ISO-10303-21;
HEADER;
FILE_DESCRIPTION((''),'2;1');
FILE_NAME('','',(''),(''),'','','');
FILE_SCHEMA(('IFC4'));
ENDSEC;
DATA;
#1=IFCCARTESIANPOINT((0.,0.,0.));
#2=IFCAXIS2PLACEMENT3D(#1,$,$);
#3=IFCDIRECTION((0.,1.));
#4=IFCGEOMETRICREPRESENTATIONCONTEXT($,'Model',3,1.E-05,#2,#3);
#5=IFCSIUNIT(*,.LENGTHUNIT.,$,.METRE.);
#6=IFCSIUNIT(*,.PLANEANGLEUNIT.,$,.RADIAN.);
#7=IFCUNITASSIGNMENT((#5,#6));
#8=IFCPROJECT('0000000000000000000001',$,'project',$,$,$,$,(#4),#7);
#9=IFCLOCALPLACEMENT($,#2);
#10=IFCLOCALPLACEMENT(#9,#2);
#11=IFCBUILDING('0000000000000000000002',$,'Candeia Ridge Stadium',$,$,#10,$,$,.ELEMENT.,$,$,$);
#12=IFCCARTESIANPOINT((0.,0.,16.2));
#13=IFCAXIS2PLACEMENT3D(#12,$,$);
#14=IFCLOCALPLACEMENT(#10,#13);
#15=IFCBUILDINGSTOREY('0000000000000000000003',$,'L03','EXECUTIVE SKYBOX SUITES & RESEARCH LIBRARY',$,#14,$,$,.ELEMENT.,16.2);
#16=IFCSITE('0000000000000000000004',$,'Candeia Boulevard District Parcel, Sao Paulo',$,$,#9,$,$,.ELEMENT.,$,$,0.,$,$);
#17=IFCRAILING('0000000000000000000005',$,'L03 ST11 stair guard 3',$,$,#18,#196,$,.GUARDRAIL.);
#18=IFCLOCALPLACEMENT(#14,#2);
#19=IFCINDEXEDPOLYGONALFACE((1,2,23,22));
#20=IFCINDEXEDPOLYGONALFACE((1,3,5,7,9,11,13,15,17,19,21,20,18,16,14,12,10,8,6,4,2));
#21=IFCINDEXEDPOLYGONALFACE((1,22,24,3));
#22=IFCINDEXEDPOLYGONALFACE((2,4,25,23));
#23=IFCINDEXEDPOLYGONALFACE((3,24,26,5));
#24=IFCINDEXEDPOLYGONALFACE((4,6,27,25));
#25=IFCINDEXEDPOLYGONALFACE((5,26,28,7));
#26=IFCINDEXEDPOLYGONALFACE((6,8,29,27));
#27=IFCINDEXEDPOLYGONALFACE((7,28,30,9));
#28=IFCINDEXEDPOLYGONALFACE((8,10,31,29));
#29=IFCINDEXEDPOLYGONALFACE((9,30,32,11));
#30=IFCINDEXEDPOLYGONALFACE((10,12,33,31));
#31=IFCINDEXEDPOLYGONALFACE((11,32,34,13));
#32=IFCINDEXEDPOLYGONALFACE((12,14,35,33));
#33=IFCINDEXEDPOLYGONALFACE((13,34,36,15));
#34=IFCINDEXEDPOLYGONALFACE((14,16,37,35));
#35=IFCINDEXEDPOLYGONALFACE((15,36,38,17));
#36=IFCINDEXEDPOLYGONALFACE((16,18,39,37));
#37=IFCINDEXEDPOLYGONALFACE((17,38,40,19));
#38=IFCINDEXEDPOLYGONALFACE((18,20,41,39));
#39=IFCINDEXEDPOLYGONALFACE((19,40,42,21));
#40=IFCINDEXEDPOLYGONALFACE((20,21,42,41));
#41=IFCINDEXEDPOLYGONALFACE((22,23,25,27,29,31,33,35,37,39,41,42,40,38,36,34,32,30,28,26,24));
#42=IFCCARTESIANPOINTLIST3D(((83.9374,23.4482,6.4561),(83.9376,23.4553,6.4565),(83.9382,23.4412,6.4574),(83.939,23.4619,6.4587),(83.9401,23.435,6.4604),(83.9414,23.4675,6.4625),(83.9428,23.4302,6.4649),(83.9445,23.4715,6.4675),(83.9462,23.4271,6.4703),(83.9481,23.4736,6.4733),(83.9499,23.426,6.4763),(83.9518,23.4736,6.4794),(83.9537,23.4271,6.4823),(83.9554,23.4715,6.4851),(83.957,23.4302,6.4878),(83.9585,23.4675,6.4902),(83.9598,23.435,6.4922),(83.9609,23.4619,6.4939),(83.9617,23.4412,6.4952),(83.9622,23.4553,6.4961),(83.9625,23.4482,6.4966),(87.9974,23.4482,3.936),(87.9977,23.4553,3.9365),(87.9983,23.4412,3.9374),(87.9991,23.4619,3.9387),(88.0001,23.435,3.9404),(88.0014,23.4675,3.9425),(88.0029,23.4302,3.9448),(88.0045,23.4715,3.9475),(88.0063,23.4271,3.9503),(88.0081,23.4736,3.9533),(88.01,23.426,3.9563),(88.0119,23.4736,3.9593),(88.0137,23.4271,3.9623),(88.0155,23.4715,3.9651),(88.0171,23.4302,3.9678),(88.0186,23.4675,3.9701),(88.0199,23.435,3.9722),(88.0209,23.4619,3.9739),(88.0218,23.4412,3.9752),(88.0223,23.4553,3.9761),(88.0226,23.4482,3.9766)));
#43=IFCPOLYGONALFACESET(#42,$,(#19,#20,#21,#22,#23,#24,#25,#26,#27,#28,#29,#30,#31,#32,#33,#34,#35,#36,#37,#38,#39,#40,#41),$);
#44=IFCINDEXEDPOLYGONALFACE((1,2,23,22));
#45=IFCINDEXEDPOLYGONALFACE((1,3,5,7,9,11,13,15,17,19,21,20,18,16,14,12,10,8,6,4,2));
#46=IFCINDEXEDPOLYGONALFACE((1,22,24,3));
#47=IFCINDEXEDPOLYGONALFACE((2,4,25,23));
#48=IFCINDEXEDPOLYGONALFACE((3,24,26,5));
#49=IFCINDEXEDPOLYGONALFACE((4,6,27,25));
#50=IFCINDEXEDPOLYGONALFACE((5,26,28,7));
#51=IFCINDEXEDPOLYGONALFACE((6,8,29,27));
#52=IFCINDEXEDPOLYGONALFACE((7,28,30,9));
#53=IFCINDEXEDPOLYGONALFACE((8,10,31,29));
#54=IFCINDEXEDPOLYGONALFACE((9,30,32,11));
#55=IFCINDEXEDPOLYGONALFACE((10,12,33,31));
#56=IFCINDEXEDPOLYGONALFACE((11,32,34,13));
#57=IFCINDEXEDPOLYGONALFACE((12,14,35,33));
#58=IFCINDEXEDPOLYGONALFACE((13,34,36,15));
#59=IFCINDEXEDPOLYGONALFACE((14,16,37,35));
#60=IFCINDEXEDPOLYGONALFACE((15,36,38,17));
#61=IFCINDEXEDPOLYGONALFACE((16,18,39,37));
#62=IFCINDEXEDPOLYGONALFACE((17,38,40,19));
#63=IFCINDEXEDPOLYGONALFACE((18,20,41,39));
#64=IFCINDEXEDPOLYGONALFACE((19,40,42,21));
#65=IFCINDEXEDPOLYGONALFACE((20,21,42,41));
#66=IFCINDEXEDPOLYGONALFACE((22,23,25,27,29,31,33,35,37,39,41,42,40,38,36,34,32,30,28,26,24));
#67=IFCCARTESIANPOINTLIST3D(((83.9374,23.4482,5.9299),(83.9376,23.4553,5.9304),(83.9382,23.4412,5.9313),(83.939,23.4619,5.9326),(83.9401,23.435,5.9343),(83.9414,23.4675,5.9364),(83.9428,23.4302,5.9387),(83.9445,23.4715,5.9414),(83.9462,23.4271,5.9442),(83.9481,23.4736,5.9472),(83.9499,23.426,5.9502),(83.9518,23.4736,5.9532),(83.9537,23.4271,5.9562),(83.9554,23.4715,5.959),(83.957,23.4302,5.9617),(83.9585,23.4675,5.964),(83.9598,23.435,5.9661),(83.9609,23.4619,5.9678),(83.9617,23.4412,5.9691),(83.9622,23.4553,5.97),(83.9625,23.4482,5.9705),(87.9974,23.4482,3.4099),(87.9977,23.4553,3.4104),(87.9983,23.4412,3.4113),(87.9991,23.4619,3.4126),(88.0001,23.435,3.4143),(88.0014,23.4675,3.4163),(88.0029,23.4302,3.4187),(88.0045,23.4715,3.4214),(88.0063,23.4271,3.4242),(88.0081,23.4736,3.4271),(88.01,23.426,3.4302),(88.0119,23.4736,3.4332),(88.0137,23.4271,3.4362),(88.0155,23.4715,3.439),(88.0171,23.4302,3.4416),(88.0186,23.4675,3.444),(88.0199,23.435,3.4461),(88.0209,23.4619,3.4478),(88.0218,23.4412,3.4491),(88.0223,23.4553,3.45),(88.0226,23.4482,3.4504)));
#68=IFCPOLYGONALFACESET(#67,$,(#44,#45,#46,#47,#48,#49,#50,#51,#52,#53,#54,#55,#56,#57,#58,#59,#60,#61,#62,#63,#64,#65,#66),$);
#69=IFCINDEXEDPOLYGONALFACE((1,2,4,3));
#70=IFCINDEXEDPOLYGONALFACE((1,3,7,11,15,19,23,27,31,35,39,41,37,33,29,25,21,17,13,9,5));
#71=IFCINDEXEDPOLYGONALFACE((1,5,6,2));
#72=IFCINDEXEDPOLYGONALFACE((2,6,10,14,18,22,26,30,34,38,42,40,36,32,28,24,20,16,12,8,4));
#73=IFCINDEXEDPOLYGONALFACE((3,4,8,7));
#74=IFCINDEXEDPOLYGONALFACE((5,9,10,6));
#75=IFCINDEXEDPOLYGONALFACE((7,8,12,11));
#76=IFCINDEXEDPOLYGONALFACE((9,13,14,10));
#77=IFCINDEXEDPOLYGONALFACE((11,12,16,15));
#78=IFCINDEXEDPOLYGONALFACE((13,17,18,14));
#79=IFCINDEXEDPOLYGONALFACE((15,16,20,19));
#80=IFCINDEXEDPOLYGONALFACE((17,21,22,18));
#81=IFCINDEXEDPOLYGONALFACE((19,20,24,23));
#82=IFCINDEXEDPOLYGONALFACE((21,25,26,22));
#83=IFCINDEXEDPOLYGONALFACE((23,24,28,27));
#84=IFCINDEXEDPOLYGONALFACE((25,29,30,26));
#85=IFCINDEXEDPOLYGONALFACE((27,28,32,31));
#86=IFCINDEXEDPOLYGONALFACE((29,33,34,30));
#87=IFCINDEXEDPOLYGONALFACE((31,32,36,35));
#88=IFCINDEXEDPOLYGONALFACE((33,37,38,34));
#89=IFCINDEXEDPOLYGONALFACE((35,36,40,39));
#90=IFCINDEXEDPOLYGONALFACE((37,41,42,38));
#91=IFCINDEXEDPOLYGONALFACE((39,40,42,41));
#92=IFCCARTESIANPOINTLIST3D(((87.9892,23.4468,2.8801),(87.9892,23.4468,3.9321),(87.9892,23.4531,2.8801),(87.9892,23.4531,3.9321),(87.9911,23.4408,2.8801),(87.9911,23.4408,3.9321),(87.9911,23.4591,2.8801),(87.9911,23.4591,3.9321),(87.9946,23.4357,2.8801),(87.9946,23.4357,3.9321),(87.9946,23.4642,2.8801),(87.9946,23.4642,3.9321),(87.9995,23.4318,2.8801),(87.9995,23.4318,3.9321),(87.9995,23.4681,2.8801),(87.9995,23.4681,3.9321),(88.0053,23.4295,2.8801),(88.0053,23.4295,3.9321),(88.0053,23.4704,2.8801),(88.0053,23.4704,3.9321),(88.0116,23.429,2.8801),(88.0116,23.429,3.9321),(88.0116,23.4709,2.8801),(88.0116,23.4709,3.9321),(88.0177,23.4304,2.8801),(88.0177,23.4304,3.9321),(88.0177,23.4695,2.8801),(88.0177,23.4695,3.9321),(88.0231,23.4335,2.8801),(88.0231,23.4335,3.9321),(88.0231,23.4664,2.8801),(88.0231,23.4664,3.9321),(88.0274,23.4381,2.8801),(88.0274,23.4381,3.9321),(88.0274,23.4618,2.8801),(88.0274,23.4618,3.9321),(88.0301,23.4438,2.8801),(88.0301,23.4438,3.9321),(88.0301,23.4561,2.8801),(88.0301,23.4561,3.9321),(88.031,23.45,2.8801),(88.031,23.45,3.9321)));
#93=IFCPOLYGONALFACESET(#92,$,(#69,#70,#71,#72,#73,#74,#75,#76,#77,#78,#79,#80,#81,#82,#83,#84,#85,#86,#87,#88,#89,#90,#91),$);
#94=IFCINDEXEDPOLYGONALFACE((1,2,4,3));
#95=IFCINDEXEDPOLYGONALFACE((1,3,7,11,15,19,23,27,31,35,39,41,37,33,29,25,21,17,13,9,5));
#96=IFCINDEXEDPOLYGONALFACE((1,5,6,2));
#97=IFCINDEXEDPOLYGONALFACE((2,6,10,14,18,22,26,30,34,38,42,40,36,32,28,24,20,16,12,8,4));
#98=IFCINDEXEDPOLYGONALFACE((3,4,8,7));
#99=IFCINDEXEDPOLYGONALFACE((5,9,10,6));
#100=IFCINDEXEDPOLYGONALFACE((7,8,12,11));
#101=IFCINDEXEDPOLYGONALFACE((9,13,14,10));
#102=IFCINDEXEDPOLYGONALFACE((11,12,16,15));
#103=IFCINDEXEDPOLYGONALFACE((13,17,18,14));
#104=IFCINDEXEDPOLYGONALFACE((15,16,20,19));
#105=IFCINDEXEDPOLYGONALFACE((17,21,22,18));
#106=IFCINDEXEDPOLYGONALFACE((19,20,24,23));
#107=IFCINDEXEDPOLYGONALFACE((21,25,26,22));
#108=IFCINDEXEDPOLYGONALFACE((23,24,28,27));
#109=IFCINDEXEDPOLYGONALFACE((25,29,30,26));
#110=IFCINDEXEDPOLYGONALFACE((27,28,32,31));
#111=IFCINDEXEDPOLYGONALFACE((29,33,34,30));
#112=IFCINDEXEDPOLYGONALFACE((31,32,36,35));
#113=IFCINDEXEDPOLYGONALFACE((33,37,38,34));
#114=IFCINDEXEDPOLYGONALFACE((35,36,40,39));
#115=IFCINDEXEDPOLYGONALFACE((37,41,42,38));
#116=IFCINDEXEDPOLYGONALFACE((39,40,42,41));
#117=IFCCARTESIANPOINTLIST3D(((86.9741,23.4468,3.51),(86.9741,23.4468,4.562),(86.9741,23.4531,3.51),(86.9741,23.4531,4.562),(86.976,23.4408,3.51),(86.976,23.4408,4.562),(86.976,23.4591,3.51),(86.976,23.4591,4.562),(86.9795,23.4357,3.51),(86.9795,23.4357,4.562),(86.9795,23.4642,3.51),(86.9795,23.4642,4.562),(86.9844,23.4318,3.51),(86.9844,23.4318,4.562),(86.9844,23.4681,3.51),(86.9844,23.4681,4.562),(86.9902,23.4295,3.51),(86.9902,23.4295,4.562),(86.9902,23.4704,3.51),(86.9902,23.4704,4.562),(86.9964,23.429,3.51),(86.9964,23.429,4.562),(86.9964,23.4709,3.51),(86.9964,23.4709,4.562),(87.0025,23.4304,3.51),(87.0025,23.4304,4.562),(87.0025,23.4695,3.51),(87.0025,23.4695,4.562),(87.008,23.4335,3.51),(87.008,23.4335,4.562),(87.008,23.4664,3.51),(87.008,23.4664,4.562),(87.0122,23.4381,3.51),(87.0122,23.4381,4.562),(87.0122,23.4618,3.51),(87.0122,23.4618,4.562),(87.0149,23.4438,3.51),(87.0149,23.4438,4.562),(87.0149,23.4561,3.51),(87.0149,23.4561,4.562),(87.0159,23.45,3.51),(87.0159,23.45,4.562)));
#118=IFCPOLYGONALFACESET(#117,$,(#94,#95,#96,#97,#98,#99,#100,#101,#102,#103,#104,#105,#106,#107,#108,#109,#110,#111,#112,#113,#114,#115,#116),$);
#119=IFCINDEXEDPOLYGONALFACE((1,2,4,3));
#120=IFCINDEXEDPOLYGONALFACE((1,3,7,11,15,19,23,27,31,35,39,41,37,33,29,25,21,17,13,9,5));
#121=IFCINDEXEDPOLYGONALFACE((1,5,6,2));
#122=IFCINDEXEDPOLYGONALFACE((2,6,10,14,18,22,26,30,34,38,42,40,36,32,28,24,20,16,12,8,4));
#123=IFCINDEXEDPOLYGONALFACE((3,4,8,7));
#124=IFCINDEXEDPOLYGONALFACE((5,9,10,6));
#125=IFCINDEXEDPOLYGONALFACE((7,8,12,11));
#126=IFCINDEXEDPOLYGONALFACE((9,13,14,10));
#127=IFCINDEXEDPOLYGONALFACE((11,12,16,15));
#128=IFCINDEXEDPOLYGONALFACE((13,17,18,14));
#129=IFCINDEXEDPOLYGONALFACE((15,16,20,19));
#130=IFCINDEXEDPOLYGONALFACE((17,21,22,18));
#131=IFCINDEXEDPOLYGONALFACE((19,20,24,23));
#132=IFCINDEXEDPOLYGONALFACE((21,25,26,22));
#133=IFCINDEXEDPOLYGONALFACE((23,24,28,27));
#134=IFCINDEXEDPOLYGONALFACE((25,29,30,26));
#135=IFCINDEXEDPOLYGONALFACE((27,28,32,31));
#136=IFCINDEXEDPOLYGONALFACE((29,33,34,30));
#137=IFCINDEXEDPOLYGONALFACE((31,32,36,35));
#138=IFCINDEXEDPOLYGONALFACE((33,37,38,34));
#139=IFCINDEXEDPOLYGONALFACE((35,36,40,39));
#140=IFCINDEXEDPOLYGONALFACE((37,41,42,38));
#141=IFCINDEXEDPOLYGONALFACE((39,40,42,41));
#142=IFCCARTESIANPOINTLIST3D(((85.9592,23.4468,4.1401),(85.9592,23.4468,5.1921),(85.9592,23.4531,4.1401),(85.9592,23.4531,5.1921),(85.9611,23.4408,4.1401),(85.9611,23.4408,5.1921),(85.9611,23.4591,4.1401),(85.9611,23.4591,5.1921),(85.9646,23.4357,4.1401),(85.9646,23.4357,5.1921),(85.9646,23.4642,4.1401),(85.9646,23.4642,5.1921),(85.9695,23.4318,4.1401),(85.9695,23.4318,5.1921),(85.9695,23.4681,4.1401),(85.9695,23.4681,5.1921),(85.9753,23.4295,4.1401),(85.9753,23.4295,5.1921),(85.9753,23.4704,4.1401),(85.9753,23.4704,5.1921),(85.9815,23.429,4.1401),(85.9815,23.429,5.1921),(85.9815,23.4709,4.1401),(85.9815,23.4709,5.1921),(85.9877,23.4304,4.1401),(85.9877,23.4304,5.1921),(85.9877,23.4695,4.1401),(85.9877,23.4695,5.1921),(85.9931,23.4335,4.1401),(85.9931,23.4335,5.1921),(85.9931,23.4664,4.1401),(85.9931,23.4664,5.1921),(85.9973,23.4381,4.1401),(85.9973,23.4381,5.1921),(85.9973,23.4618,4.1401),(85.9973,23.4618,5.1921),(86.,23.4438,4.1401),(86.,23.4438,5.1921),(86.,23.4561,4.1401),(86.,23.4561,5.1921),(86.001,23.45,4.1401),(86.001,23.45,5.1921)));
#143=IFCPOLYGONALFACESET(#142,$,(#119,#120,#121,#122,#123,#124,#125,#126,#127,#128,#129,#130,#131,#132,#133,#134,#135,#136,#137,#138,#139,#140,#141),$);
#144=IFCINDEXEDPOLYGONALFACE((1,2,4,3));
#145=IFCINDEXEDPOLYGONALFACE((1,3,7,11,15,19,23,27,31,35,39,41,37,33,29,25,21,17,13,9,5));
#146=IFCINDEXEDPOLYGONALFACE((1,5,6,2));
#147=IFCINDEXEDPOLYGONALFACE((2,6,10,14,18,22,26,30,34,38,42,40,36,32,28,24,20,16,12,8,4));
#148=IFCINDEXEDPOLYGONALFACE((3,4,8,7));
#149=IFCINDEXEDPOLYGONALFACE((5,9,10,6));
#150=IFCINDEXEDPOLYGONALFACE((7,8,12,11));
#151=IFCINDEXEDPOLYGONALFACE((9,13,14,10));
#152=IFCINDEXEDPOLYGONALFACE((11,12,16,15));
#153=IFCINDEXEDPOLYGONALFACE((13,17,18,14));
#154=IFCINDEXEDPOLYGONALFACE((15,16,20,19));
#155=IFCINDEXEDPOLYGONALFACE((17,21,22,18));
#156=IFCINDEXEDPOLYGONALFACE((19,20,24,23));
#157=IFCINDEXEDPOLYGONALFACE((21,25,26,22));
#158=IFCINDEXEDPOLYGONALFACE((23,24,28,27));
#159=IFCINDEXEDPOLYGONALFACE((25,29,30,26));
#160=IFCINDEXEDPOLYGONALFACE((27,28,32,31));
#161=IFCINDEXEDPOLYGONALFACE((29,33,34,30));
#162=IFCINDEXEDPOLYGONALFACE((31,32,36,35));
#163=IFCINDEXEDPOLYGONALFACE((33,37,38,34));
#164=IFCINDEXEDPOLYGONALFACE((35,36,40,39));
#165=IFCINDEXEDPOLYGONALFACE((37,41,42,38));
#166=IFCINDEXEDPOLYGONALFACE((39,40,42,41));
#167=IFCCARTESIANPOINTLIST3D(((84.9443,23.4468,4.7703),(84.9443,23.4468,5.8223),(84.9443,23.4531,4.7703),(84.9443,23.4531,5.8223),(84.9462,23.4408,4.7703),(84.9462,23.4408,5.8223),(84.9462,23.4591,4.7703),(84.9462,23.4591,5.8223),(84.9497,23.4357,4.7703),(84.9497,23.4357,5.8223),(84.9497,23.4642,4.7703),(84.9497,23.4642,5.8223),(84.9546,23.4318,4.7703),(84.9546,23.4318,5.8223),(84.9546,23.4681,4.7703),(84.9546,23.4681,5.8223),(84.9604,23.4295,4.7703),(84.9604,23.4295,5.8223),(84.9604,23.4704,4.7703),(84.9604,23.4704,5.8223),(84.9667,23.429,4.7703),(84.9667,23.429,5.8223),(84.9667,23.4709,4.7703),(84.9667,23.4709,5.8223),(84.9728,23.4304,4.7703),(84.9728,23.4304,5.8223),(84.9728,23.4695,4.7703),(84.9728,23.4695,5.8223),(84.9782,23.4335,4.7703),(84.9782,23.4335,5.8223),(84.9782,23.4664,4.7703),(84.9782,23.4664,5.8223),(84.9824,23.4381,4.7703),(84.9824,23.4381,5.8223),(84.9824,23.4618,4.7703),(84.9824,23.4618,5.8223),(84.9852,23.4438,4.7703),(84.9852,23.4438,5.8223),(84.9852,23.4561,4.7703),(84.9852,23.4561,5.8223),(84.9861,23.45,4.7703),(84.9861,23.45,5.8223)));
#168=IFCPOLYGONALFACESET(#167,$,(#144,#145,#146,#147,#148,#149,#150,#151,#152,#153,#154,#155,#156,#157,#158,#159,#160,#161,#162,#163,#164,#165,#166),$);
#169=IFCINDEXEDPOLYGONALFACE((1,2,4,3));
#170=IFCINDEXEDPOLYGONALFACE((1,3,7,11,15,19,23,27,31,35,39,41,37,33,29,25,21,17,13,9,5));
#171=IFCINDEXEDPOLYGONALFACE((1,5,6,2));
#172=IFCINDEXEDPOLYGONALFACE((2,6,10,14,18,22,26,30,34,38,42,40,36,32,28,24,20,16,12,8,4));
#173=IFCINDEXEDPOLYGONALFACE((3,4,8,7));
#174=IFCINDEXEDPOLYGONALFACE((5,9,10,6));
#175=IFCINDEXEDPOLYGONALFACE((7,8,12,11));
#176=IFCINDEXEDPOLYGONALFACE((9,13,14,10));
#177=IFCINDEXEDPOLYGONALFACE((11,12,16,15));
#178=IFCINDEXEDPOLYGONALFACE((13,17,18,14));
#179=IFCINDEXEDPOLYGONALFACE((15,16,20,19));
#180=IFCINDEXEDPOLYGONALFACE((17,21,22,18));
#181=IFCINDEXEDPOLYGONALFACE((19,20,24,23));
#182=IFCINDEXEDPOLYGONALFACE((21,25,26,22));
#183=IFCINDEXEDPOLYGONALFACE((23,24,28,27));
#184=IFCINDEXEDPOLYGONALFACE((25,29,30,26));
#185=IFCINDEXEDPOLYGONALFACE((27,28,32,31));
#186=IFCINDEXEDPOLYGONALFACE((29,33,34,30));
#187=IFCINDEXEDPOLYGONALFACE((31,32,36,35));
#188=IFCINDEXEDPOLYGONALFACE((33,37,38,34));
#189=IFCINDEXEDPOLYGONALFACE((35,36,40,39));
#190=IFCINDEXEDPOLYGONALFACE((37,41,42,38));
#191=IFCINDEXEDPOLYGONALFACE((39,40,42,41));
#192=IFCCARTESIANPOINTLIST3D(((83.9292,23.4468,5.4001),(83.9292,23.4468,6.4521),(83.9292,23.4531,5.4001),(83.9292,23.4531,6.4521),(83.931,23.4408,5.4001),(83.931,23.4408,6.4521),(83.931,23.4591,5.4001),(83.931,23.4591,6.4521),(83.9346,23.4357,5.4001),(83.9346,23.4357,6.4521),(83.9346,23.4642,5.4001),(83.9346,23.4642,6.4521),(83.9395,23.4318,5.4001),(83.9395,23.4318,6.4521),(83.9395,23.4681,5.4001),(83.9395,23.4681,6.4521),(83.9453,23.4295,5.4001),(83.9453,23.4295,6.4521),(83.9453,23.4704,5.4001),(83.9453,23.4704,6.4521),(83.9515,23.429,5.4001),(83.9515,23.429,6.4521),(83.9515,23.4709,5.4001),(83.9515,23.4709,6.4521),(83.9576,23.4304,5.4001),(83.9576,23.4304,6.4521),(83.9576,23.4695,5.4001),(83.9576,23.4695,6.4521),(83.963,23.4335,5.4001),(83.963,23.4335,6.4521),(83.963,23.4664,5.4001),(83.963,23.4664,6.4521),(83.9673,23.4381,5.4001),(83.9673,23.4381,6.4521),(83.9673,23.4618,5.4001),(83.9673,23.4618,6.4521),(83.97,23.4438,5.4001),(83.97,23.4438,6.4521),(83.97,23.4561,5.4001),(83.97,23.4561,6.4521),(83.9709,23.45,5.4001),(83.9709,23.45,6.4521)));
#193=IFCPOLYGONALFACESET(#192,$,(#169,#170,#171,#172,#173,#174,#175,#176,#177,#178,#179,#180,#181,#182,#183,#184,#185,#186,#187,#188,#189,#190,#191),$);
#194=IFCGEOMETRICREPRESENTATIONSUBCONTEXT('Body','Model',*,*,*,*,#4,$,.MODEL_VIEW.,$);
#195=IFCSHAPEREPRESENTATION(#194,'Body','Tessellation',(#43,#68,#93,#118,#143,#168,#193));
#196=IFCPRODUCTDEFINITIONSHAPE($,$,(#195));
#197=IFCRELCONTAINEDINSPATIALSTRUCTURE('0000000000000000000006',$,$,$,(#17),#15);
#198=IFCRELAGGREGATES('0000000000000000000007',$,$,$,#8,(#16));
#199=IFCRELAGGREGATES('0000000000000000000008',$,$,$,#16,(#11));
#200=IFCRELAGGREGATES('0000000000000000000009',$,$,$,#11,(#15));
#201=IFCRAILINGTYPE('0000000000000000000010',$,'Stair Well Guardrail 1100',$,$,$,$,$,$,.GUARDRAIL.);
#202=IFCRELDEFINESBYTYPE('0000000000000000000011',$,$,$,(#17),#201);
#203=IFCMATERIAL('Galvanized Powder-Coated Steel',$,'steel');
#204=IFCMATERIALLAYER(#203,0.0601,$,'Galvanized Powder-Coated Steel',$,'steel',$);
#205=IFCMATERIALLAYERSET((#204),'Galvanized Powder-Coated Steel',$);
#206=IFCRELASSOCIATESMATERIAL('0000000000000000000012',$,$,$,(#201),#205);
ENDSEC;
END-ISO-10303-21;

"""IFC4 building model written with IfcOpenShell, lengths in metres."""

from ifc_helpers import new_model, si_unit, direction, frame, origin, origin_2d, place, context, subcontext, project, spatial, circle, extrude, material, layer, layer_set, type_object, element, save


model = new_model("IFC4")

# Units and contexts
model_context = context("Model", 3, precision=1e-05, world=origin(), true_north=direction((0.0, 1.0)))
body_context = subcontext(model_context, "Body", "Model", "MODEL_VIEW")
ifc_project = project(units=[si_unit("LENGTHUNIT", "METRE"), si_unit("PLANEANGLEUNIT", "RADIAN")], contexts=[model_context])

# Site, building, storey
site_placement = place(None, origin())
site = spatial("IfcSite", under=ifc_project, at=site_placement, Name="Candeia Boulevard District Parcel, Sao Paulo", CompositionType="ELEMENT", RefElevation=0.0)
building_placement = place(site_placement, origin())
building = spatial("IfcBuilding", under=site, at=building_placement, Name="Candeia Ridge Stadium", CompositionType="ELEMENT")
storey_placement = place(building_placement, frame((0.0, 0.0, 16.2)))
storey = spatial("IfcBuildingStorey", under=building, at=storey_placement, Name="L03", Description="EXECUTIVE SKYBOX SUITES & RESEARCH LIBRARY", CompositionType="ELEMENT", Elevation=16.2)

# Railing
ifc_material_1 = material(Name="Galvanized Powder-Coated Steel", Category="steel")
ifc_layer_1 = layer(ifc_material_1, 0.0601, Name="Galvanized Powder-Coated Steel", Category="steel")
ifc_layer_set_1 = layer_set([ifc_layer_1], Name="Galvanized Powder-Coated Steel")
railing_type_1 = type_object("IfcRailingType", Name="Stair Well Guardrail 1100", PredefinedType="GUARDRAIL", material=ifc_layer_set_1)
railing_1_placement = place(storey_placement, frame((88.01, 23.45, 2.8801)))
element("IfcRailing", 1, at=railing_1_placement, inside=storey, type_object=railing_type_1, Name="L03 ST11 stair guard 3", PredefinedType="GUARDRAIL", context=body_context, shape_type="SweptSolid", body=[
    extrude(circle(Radius=0.0239, at=origin_2d()), frame((0.0, 0.0, 1.0762), z_axis=(-0.849642, 0.0, 0.52736), x_axis=(0.0, -1.0, 0.0)), (0.0, 0.0, 1.0), 4.7786),
    extrude(circle(Radius=0.0239, at=origin_2d()), frame((0.0, 0.0, 0.55), z_axis=(-0.849642, 0.0, 0.52736), x_axis=(0.0, -1.0, 0.0)), (0.0, 0.0, 1.0), 4.7786),
    extrude(circle(Radius=0.021, at=origin_2d()), origin(), (0.0, 0.0, 1.0), 1.052),
    extrude(circle(Radius=0.021, at=origin_2d()), frame((-1.0151, 0.0, 0.6299)), (0.0, 0.0, 1.0), 1.052),
    extrude(circle(Radius=0.021, at=origin_2d()), frame((-2.03, 0.0, 1.26)), (0.0, 0.0, 1.0), 1.052),
    extrude(circle(Radius=0.021, at=origin_2d()), frame((-3.0449, 0.0, 1.8901)), (0.0, 0.0, 1.0), 1.052),
    extrude(circle(Radius=0.021, at=origin_2d()), frame((-4.0601, 0.0, 2.52)), (0.0, 0.0, 1.0), 1.052),
])

save(model, "model.ifc")
